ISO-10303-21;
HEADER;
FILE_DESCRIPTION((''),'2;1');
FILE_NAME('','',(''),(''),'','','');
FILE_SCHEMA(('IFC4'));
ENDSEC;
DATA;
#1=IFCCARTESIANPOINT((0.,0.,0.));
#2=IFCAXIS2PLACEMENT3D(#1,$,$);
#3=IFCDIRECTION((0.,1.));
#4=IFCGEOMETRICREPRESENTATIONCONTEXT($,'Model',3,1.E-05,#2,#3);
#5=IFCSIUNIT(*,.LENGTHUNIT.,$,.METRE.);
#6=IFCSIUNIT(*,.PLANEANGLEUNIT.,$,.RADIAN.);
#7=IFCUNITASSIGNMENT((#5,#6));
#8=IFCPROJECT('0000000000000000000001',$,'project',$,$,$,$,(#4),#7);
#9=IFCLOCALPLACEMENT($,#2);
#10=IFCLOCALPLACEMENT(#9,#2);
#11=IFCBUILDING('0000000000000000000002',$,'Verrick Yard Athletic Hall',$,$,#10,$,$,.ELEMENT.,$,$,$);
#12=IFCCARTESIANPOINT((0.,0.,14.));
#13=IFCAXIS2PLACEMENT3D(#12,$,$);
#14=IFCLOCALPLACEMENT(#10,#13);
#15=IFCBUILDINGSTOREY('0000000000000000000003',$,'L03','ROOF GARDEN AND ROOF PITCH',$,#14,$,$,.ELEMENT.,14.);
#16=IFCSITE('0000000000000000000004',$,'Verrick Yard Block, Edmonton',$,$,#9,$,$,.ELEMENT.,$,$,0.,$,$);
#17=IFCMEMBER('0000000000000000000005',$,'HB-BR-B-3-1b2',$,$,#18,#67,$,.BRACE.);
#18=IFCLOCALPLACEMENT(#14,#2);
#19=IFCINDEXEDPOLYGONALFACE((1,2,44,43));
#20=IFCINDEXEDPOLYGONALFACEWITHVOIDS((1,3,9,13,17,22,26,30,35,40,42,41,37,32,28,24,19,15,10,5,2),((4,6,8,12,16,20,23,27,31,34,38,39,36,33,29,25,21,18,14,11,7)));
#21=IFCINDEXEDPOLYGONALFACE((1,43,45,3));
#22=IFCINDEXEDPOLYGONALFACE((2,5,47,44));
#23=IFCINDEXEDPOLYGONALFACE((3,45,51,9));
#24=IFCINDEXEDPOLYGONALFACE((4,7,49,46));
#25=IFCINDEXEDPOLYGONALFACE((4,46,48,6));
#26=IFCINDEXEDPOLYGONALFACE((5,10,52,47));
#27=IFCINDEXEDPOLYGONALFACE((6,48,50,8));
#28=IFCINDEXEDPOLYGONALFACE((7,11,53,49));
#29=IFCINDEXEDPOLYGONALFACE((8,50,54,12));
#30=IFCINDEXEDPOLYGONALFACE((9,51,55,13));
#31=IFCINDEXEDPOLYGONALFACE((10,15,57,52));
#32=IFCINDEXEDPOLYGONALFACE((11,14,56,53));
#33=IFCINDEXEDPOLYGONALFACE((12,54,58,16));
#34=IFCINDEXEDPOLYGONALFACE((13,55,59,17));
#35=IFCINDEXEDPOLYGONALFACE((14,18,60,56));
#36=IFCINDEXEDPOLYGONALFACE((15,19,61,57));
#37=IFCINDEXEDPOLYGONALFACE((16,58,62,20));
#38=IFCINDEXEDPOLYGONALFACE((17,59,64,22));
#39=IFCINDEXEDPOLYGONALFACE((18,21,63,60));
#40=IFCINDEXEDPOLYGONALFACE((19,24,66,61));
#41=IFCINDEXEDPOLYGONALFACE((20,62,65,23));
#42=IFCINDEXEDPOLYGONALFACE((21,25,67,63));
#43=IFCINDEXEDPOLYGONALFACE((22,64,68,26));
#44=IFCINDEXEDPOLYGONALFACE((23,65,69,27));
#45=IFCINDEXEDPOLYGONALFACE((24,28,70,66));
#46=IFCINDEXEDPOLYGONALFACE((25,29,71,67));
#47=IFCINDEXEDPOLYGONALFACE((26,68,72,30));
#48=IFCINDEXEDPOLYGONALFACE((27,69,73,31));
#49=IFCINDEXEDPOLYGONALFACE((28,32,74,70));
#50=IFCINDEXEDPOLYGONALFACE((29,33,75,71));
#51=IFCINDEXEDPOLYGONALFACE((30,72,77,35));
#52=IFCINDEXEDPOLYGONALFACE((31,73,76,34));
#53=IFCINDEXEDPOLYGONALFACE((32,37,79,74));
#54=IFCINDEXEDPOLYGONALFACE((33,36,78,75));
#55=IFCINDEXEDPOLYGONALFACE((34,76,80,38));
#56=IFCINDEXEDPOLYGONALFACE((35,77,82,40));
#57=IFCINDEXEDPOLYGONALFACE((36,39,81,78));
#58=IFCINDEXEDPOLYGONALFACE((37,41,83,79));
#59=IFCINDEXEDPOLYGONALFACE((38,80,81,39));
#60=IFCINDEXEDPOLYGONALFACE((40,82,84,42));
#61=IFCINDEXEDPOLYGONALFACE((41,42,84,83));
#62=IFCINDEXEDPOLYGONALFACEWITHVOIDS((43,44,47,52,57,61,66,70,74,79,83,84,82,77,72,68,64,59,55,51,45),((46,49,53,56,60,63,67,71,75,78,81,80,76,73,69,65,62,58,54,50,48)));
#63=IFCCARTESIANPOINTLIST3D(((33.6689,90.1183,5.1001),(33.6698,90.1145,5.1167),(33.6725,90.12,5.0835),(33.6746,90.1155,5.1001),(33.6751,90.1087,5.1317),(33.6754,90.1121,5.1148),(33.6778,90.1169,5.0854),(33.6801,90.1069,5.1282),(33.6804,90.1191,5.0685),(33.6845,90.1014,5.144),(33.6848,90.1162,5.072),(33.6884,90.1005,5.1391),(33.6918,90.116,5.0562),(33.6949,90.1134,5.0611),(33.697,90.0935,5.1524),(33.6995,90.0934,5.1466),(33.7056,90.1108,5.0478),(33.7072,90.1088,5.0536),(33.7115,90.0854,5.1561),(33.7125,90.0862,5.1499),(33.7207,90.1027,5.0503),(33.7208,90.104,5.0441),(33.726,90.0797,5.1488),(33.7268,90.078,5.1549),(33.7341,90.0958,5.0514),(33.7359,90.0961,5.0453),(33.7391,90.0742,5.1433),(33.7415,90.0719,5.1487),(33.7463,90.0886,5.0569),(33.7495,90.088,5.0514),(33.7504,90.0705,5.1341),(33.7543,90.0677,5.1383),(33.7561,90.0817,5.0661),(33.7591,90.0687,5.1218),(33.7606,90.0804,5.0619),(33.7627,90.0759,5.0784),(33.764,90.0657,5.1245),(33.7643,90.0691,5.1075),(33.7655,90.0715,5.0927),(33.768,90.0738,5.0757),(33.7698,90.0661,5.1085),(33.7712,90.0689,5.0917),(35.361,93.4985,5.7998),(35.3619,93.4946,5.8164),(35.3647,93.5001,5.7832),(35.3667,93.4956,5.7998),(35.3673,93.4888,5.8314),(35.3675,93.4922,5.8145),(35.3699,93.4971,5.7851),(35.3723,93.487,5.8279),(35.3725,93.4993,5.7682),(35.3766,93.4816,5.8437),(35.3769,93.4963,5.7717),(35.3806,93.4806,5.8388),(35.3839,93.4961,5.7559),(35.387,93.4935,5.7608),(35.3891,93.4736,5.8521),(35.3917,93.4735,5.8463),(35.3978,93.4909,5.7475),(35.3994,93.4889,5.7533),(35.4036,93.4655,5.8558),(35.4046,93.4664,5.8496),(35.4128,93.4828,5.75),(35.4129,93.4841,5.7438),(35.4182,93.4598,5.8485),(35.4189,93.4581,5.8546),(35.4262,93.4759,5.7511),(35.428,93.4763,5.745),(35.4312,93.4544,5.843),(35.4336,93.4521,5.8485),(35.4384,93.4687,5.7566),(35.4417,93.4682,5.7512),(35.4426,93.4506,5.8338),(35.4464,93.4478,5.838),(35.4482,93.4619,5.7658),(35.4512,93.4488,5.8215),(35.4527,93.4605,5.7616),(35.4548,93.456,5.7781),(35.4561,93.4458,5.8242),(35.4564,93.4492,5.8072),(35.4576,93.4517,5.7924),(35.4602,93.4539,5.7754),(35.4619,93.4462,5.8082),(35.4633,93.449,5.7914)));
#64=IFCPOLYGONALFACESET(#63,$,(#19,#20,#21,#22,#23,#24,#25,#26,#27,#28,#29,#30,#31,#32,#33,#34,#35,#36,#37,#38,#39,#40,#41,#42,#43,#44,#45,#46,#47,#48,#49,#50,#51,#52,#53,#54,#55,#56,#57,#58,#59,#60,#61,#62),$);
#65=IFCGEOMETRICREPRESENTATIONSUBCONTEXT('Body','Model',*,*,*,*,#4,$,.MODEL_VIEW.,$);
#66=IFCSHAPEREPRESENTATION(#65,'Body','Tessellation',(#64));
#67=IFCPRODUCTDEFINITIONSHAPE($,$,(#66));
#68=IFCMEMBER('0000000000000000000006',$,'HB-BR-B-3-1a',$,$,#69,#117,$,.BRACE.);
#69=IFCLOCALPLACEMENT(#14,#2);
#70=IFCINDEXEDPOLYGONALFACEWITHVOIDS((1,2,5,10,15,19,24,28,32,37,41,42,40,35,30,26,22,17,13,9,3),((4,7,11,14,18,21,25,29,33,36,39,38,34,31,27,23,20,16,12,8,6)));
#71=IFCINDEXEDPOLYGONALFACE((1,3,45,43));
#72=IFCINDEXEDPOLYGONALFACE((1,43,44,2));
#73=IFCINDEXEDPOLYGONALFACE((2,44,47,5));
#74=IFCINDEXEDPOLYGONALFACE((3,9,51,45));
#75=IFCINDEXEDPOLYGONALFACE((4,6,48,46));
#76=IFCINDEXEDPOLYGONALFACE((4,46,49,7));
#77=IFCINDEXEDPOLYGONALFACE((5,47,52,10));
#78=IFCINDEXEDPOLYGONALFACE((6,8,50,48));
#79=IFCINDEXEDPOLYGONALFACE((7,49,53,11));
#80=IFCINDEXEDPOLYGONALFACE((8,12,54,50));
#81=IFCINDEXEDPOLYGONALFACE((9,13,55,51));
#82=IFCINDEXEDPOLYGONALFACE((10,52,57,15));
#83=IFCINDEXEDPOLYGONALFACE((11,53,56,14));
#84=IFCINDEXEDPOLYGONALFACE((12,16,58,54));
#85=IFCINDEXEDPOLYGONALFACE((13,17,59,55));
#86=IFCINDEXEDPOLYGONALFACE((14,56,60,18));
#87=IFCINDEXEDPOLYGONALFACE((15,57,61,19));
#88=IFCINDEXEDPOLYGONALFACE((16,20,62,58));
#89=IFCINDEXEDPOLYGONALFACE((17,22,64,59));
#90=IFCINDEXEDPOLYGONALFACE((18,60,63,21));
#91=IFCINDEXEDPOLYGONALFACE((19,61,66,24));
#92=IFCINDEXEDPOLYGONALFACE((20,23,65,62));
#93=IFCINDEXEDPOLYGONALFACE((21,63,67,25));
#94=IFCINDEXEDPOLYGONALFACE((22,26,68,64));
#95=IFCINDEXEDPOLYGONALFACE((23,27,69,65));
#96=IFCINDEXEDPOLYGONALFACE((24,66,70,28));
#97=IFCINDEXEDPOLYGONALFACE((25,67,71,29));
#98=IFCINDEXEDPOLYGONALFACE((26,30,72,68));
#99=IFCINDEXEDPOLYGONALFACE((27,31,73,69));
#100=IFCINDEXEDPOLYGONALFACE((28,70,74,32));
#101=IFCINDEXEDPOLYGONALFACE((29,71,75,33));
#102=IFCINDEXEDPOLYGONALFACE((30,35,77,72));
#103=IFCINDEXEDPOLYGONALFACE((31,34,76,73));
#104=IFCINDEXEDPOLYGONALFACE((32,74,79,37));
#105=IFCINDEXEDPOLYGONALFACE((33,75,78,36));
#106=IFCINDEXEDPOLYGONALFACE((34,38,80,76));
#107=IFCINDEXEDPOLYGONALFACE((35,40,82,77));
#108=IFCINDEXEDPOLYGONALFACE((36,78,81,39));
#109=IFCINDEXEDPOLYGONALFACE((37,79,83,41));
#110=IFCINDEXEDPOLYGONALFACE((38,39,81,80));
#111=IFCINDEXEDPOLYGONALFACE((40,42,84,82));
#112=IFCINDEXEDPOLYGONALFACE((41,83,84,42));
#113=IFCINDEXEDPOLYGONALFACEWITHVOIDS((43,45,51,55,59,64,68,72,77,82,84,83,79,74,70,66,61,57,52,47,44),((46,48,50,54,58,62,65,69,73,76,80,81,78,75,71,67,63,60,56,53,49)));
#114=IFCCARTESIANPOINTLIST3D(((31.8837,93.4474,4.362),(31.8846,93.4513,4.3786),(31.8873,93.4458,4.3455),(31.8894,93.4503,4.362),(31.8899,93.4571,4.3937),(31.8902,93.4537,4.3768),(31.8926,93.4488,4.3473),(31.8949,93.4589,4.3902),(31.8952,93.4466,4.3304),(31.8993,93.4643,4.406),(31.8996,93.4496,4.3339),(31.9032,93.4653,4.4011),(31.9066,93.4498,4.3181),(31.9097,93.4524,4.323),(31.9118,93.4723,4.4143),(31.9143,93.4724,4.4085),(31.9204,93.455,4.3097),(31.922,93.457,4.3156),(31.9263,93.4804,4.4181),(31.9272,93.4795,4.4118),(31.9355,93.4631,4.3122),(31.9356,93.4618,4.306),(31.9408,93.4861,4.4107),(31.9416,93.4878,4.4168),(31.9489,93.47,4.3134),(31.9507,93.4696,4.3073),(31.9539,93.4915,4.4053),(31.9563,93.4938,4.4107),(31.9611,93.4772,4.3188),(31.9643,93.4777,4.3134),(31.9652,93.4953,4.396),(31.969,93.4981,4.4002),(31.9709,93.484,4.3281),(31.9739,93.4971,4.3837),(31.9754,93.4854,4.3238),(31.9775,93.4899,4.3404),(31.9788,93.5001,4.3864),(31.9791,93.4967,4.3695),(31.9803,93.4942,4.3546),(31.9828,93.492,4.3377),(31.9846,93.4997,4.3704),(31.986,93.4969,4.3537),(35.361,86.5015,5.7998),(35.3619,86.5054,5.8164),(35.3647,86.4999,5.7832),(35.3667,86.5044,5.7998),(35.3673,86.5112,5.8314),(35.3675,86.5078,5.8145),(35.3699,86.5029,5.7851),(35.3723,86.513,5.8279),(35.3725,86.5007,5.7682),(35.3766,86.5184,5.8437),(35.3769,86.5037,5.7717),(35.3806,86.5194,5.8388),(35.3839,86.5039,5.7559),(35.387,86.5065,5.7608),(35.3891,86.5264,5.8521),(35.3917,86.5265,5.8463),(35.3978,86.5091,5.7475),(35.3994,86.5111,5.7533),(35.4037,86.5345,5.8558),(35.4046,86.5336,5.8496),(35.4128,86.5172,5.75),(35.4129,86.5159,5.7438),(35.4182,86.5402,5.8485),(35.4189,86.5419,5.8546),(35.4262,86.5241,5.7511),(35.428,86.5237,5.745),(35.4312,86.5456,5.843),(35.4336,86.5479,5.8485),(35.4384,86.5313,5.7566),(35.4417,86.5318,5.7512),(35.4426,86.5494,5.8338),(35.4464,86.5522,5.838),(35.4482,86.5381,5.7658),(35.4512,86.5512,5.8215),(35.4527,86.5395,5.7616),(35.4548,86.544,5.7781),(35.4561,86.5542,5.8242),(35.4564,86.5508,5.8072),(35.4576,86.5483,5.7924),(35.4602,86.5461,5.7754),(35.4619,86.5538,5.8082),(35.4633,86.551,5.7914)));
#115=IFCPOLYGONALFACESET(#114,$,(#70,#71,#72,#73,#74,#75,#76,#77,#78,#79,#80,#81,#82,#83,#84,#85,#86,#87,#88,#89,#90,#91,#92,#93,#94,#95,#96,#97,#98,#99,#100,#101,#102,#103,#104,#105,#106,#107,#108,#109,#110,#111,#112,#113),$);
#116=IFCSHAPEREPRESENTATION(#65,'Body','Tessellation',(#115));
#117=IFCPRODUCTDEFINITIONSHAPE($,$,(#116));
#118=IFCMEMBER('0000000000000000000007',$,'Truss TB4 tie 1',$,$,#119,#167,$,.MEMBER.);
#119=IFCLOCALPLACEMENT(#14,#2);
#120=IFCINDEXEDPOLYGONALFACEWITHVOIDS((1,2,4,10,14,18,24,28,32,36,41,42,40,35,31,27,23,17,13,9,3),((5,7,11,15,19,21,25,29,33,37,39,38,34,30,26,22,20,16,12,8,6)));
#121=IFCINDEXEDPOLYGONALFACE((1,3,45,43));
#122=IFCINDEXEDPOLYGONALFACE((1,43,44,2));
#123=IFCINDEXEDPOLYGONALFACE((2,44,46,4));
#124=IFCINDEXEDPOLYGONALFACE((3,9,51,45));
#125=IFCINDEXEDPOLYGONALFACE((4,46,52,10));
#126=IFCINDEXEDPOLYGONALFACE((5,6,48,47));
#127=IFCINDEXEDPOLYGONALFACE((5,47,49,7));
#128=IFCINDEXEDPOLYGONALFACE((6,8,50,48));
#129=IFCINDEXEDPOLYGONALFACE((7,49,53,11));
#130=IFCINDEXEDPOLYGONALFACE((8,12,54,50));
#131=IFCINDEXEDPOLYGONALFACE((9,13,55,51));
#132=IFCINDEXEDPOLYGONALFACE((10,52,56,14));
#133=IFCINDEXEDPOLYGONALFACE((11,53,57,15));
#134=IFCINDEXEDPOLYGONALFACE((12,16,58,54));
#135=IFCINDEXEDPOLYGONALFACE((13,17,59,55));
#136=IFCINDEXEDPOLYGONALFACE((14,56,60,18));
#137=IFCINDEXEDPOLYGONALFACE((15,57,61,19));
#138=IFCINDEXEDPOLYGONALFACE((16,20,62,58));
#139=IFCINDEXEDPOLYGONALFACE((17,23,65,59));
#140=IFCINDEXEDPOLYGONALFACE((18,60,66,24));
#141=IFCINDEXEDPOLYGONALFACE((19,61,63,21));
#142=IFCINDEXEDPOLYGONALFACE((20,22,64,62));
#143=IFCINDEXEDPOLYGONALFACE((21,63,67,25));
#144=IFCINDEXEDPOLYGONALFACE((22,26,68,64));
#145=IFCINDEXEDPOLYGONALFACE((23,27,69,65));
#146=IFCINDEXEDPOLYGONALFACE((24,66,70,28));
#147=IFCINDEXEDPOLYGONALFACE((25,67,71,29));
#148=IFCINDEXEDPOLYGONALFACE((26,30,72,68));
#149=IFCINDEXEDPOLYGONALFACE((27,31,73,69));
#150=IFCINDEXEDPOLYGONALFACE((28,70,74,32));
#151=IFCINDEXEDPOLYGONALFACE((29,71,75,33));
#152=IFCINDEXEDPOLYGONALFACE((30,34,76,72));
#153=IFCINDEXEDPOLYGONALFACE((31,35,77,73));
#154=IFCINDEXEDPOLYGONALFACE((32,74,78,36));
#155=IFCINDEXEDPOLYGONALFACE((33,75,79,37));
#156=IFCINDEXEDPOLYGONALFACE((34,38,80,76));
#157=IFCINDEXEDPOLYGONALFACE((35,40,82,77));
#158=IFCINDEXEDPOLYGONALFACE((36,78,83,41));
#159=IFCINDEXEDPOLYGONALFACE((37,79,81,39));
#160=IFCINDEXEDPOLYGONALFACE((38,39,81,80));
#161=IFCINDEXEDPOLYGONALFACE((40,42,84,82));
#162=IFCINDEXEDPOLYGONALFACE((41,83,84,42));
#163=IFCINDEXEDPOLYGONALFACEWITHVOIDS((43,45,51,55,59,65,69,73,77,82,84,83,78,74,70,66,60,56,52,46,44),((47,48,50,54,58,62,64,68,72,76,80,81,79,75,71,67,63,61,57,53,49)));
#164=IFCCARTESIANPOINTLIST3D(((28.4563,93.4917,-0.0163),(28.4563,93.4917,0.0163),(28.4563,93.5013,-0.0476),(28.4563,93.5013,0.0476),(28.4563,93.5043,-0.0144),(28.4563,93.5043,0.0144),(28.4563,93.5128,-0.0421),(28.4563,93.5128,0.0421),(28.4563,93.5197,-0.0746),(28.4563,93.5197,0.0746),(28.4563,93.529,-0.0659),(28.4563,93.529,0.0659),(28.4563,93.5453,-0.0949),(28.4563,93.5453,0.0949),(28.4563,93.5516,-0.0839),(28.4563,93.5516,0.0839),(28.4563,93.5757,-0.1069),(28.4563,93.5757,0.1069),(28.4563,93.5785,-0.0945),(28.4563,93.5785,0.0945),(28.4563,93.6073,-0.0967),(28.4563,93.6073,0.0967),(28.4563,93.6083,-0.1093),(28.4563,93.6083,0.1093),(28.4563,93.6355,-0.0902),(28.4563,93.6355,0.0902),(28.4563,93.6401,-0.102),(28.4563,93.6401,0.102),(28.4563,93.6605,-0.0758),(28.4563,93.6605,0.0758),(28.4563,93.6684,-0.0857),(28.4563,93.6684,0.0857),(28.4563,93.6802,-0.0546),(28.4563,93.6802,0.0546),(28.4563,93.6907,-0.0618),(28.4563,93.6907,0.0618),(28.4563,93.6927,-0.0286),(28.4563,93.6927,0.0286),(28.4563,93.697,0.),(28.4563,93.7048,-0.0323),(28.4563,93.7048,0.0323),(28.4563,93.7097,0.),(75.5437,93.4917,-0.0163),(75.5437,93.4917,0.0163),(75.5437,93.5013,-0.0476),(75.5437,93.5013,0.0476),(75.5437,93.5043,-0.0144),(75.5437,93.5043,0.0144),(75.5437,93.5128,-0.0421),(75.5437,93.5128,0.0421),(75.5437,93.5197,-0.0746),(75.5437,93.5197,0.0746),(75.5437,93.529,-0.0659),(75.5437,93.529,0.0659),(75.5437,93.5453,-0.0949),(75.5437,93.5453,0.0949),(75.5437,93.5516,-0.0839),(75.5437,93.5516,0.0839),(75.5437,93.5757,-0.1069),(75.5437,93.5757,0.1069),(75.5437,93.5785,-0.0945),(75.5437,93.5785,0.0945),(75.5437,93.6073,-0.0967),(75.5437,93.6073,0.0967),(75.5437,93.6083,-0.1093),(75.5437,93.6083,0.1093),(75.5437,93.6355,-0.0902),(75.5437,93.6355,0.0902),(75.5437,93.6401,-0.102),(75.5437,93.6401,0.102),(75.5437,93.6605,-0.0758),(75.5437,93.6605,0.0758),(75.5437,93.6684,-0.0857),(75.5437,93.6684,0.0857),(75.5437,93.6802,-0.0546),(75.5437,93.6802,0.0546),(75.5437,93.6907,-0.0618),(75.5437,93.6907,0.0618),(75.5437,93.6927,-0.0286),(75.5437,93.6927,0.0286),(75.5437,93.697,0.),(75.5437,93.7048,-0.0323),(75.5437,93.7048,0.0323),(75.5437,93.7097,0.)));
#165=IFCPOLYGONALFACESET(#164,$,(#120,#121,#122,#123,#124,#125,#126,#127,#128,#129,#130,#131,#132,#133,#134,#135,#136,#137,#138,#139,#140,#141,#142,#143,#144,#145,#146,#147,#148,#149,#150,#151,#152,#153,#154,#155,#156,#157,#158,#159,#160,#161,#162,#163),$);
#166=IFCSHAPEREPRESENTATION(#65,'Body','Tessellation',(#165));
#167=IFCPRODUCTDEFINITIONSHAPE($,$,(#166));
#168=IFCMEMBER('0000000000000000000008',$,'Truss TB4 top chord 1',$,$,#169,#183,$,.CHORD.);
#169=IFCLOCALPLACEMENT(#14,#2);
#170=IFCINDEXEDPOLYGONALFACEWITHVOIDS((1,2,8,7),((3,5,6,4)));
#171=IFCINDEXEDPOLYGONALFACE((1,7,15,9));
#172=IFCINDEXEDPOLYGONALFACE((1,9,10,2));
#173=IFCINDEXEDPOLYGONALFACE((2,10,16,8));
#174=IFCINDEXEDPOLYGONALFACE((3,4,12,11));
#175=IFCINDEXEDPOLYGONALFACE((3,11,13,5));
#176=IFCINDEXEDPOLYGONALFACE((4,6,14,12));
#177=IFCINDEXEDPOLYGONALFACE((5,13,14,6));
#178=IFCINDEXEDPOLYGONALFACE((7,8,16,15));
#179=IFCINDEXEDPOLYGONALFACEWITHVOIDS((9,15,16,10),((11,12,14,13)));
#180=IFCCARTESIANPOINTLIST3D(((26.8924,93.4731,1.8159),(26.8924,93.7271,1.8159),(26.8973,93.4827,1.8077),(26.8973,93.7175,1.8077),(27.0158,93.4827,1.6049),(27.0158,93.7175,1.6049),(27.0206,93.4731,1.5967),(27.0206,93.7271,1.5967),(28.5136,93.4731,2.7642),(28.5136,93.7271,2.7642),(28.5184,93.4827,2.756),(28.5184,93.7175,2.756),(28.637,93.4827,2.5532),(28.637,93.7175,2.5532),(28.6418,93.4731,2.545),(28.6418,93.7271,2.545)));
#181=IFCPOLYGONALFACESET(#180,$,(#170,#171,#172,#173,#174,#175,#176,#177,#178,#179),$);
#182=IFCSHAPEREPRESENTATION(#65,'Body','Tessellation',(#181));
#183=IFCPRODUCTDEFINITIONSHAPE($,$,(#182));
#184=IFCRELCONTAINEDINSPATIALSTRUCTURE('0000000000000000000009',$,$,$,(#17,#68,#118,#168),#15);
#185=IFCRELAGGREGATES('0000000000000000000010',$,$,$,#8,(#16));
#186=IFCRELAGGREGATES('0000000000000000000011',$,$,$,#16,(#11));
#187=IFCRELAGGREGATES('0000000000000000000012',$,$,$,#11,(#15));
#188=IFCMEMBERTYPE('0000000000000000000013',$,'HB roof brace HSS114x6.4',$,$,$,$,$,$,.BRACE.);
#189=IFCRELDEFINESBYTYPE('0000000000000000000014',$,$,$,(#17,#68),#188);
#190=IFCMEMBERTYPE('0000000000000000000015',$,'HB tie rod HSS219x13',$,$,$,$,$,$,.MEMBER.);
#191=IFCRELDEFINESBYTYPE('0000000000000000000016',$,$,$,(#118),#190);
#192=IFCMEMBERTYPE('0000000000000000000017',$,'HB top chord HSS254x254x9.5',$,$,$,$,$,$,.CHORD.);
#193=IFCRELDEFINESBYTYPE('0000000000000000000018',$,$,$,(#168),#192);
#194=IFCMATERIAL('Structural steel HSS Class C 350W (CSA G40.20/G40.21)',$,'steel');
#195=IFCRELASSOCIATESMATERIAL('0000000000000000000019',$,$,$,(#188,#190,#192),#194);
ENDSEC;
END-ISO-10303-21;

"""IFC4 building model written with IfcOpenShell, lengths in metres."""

from ifc_helpers import new_model, si_unit, direction, frame, origin, origin_2d, place, context, subcontext, project, spatial, hollow_rectangle, hollow_circle, extrude, material, material_profile, profile_set, type_object, element, save


model = new_model("IFC4")

# Units and contexts
model_context = context("Model", 3, precision=1e-05, world=origin(), true_north=direction((0.0, 1.0)))
body_context = subcontext(model_context, "Body", "Model", "MODEL_VIEW")
ifc_project = project(units=[si_unit("LENGTHUNIT", "METRE"), si_unit("PLANEANGLEUNIT", "RADIAN")], contexts=[model_context])

# Site, building, storey
site_placement = place(None, origin())
site = spatial("IfcSite", under=ifc_project, at=site_placement, Name="Verrick Yard Block, Edmonton", CompositionType="ELEMENT", RefElevation=0.0)
building_placement = place(site_placement, origin())
building = spatial("IfcBuilding", under=site, at=building_placement, Name="Verrick Yard Athletic Hall", CompositionType="ELEMENT")
storey_placement = place(building_placement, frame((0.0, 0.0, 14.0)))
storey = spatial("IfcBuildingStorey", under=building, at=storey_placement, Name="L03", Description="ROOF GARDEN AND ROOF PITCH", CompositionType="ELEMENT", Elevation=14.0)

# Members
ifc_material_1 = material(Name="Structural steel HSS Class C 350W (CSA G40.20/G40.21)", Category="steel")
ifc_material_profile_1 = material_profile(ifc_material_1, hollow_circle(Radius=0.0571, WallThickness=0.0063, at=origin_2d()), Name="HSS114x6.4")
ifc_profile_set_1 = profile_set([ifc_material_profile_1], Name="Structural steel HSS Class C 350W (CSA G40.20/G40.21)")
member_type_1 = type_object("IfcMemberType", Name="HB roof brace HSS114x6.4", PredefinedType="BRACE", material=ifc_profile_set_1)
for number, where, z_axis, x_axis, name in (
    (1, (33.72, 90.0928, 5.1001), (0.440175, 0.879271, 0.182014), (-0.894207, 0.447653, 0.0), "HB-BR-B-3-1b2"),
):
    element("IfcMember", number, at=place(storey_placement, frame(where, z_axis=z_axis, x_axis=x_axis)), inside=storey, type_object=member_type_1, Name=name, PredefinedType="BRACE", context=body_context, shape_type="SweptSolid", body=[
        extrude(hollow_circle(Radius=0.0571, WallThickness=0.0063, at=origin_2d()), origin(), (0.0, 0.0, 1.0), 3.8442),
    ])
member_1_placement = place(storey_placement, frame((35.4121, 86.5271, 5.7998), z_axis=(-0.440189, 0.879266, -0.182003), x_axis=(-0.894201, -0.447666, 0.0)))
element("IfcMember", 2, at=member_1_placement, inside=storey, type_object=member_type_1, Name="HB-BR-B-3-1a", PredefinedType="BRACE", context=body_context, shape_type="SweptSolid", body=[
    extrude(hollow_circle(Radius=0.0571, WallThickness=0.0063, at=origin_2d()), origin(), (0.0, 0.0, 1.0), 7.8997),
])
ifc_material_profile_2 = material_profile(ifc_material_1, hollow_circle(Radius=0.1096, WallThickness=0.0127, at=origin_2d()), Name="HSS219x13")
ifc_profile_set_2 = profile_set([ifc_material_profile_2], Name="Structural steel HSS Class C 350W (CSA G40.20/G40.21)")
member_type_2 = type_object("IfcMemberType", Name="HB tie rod HSS219x13", PredefinedType="MEMBER", material=ifc_profile_set_2)
member_2_placement = place(storey_placement, frame((28.4563, 93.6001, 0.0), z_axis=(1.0, 0.0, 0.0), x_axis=(0.0, 1.0, 0.0)))
element("IfcMember", 3, at=member_2_placement, inside=storey, type_object=member_type_2, Name="Truss TB4 tie 1", PredefinedType="MEMBER", context=body_context, shape_type="SweptSolid", body=[
    extrude(hollow_circle(Radius=0.1096, WallThickness=0.0127, at=origin_2d()), origin(), (0.0, 0.0, 1.0), 47.0874),
])
ifc_material_profile_3 = material_profile(ifc_material_1, hollow_rectangle(XDim=0.2539, YDim=0.2539, WallThickness=0.0095, at=origin_2d()), Name="HSS254x254x9.5")
ifc_profile_set_3 = profile_set([ifc_material_profile_3], Name="Structural steel HSS Class C 350W (CSA G40.20/G40.21)")
member_type_3 = type_object("IfcMemberType", Name="HB top chord HSS254x254x9.5", PredefinedType="CHORD", material=ifc_profile_set_3)
member_3_placement = place(storey_placement, frame((26.9565, 93.6001, 1.7063), z_axis=(0.863175, 0.0, 0.504905), x_axis=(0.0, 1.0, 0.0)))
element("IfcMember", 4, at=member_3_placement, inside=storey, type_object=member_type_3, Name="Truss TB4 top chord 1", PredefinedType="CHORD", context=body_context, shape_type="SweptSolid", body=[
    extrude(hollow_rectangle(XDim=0.2539, YDim=0.2539, WallThickness=0.0095, at=origin_2d()), origin(), (0.0, 0.0, 1.0), 1.8782),
])

save(model, "model.ifc")
